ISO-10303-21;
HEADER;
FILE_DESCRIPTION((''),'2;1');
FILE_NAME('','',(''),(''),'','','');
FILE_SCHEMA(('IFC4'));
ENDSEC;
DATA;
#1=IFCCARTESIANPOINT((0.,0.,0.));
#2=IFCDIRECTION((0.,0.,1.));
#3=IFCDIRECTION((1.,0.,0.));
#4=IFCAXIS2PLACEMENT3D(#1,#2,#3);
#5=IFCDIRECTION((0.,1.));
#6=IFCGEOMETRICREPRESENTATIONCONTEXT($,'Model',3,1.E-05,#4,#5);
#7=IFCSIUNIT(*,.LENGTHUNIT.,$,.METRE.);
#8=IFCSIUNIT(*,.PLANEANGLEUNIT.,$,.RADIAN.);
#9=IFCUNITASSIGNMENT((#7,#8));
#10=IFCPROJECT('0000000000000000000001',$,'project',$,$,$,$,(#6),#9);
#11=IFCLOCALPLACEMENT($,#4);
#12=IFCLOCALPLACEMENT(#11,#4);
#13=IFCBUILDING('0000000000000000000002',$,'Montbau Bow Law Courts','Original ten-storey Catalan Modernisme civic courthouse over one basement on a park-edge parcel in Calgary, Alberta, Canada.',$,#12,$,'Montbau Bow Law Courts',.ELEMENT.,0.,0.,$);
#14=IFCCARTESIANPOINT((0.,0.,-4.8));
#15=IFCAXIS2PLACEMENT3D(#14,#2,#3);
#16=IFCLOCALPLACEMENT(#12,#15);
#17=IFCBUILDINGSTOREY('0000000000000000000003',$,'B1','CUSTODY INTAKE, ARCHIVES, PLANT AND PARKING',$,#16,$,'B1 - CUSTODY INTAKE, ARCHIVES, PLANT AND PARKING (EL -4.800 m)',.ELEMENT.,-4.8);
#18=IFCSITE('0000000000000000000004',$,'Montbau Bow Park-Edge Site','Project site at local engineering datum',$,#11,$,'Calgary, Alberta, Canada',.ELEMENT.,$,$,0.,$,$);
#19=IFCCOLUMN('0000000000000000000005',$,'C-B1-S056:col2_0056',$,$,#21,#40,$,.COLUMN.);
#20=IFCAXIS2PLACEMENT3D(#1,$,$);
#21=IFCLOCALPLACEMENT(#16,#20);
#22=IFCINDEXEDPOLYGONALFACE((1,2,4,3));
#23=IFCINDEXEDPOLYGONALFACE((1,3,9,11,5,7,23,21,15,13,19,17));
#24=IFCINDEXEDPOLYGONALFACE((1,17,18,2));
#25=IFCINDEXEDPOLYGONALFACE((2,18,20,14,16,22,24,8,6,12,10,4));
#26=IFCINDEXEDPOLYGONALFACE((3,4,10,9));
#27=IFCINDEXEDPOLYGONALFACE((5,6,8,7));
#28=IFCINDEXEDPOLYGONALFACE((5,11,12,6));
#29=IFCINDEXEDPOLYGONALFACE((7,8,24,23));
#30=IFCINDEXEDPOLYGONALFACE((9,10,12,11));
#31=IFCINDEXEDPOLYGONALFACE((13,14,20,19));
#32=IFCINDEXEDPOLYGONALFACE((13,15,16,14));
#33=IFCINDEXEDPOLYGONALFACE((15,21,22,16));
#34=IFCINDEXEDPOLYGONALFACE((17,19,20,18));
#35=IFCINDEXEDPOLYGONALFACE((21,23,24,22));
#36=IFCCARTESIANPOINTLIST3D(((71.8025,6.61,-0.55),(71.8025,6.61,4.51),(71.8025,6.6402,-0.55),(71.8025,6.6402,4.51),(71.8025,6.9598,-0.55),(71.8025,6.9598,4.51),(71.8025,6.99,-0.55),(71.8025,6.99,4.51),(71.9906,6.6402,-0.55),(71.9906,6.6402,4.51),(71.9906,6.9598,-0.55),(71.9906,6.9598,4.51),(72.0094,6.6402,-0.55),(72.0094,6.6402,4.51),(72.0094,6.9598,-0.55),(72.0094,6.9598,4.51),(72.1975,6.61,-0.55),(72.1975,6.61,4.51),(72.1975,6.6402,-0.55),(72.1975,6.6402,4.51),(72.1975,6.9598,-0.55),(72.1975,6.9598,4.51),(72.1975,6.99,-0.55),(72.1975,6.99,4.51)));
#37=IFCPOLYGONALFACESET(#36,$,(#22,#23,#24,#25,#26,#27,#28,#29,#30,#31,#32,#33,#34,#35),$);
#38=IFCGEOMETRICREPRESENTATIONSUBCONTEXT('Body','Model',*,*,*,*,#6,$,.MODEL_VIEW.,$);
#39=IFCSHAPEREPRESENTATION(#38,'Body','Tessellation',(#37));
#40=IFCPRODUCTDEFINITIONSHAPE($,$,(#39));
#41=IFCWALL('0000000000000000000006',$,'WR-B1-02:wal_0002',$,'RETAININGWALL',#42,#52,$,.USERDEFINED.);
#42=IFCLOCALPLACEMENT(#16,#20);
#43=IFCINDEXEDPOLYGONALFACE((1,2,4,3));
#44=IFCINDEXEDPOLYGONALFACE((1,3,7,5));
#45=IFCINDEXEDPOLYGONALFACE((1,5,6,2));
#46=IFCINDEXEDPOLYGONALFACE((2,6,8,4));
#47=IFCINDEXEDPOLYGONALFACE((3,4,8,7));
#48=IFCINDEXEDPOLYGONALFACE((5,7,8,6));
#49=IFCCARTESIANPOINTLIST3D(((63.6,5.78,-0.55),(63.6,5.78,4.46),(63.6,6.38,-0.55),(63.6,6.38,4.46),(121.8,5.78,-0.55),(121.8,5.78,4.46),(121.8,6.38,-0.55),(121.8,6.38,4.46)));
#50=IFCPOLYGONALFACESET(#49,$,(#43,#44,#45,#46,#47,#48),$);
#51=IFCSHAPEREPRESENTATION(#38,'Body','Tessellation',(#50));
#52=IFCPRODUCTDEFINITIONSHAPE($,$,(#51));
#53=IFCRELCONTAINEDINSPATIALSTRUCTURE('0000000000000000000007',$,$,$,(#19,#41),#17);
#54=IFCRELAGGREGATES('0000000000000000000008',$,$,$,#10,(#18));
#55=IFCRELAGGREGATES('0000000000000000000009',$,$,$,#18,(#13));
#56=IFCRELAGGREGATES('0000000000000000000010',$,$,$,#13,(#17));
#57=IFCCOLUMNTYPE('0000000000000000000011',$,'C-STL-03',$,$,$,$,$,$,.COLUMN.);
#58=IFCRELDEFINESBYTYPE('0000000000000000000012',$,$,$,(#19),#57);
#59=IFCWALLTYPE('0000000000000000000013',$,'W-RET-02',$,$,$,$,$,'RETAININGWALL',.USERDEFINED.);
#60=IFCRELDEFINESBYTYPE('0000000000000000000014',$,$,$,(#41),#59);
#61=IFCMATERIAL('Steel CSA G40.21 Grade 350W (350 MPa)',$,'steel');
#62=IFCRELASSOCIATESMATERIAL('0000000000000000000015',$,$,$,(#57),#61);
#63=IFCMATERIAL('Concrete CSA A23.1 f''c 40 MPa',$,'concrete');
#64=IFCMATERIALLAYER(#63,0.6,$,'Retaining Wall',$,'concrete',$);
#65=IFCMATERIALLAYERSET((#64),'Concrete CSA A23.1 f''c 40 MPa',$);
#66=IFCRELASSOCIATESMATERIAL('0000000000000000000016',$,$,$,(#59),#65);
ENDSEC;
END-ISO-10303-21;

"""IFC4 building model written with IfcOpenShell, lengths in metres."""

from ifc_helpers import new_model, si_unit, direction, frame, frame_2d, origin_with_axes, origin_2d_with_axis, place, context, subcontext, project, spatial, rectangle, i_section, extrude, material, layer, layer_set, material_profile, profile_set, type_object, element, save


model = new_model("IFC4")

# Units and contexts
model_context = context("Model", 3, precision=1e-05, world=origin_with_axes(), true_north=direction((0.0, 1.0)))
body_context = subcontext(model_context, "Body", "Model", "MODEL_VIEW")
ifc_project = project(units=[si_unit("LENGTHUNIT", "METRE"), si_unit("PLANEANGLEUNIT", "RADIAN")], contexts=[model_context])

# Site, building, storey
site_placement = place(None, origin_with_axes())
site = spatial("IfcSite", under=ifc_project, at=site_placement, Name="Montbau Bow Park-Edge Site", Description="Project site at local engineering datum", LongName="Calgary, Alberta, Canada", CompositionType="ELEMENT", RefElevation=0.0)
building_placement = place(site_placement, origin_with_axes())
building = spatial("IfcBuilding", under=site, at=building_placement, Name="Montbau Bow Law Courts", Description="Original ten-storey Catalan Modernisme civic courthouse over one basement on a park-edge parcel in Calgary, Alberta, Canada.", LongName="Montbau Bow Law Courts", CompositionType="ELEMENT", ElevationOfRefHeight=0.0, ElevationOfTerrain=0.0)
storey_placement = place(building_placement, frame((0.0, 0.0, -4.8), z_axis=(0.0, 0.0, 1.0), x_axis=(1.0, 0.0, 0.0)))
storey = spatial("IfcBuildingStorey", under=building, at=storey_placement, Name="B1", Description="CUSTODY INTAKE, ARCHIVES, PLANT AND PARKING", LongName="B1 - CUSTODY INTAKE, ARCHIVES, PLANT AND PARKING (EL -4.800 m)", CompositionType="ELEMENT", Elevation=-4.8)

# Shared definitions
ifc_material_1 = material(Name="Concrete CSA A23.1 f'c 40 MPa", Category="concrete")

# Column
ifc_material_2 = material(Name="Steel CSA G40.21 Grade 350W (350 MPa)", Category="steel")
ifc_material_profile_1 = material_profile(ifc_material_2, i_section(OverallWidth=0.395, OverallDepth=0.38, WebThickness=0.0189, FlangeThickness=0.0302, at=origin_2d_with_axis()), Name="W360X237", Category="Main", Priority=0)
ifc_profile_set_1 = profile_set([ifc_material_profile_1], Name="Steel CSA G40.21 Grade 350W (350 MPa)")
column_type_1 = type_object("IfcColumnType", Name="C-STL-03", PredefinedType="COLUMN", material=ifc_profile_set_1)
column_1_placement = place(None, frame((72.0, 6.8, -5.35), z_axis=(0.0, 0.0, 1.0), x_axis=(1.0, 0.0, 0.0)))
element("IfcColumn", 1, at=column_1_placement, inside=storey, type_object=column_type_1, Name="C-B1-S056:col2_0056", PredefinedType="COLUMN", context=body_context, shape_type="SweptSolid", body=[
    extrude(i_section(OverallWidth=0.395, OverallDepth=0.38, WebThickness=0.0189, FlangeThickness=0.0302, at=origin_2d_with_axis()), origin_with_axes(), (0.0, 0.0, 1.0), 5.06),
])

# Wall
ifc_layer = layer(ifc_material_1, 0.6, Name="Retaining Wall", Category="concrete")
ifc_layer_set = layer_set([ifc_layer], Name="Concrete CSA A23.1 f'c 40 MPa")
wall_type = type_object("IfcWallType", Name="W-RET-02", ElementType="RETAININGWALL", PredefinedType="USERDEFINED", material=ifc_layer_set)
wall_placement = place(None, frame((63.6, 6.08, -5.35), z_axis=(0.0, 0.0, 1.0), x_axis=(1.0, 0.0, 0.0)))
element("IfcWall", 2, at=wall_placement, inside=storey, type_object=wall_type, Name="WR-B1-02:wal_0002", ObjectType="RETAININGWALL", PredefinedType="USERDEFINED", context=body_context, shape_type="SweptSolid", body=[
    extrude(rectangle(XDim=58.2, YDim=0.6, at=frame_2d((29.1, 0.0), x_axis=(1.0, 0.0))), origin_with_axes(), (0.0, 0.0, 1.0), 5.01),
])

save(model, "model.ifc")
